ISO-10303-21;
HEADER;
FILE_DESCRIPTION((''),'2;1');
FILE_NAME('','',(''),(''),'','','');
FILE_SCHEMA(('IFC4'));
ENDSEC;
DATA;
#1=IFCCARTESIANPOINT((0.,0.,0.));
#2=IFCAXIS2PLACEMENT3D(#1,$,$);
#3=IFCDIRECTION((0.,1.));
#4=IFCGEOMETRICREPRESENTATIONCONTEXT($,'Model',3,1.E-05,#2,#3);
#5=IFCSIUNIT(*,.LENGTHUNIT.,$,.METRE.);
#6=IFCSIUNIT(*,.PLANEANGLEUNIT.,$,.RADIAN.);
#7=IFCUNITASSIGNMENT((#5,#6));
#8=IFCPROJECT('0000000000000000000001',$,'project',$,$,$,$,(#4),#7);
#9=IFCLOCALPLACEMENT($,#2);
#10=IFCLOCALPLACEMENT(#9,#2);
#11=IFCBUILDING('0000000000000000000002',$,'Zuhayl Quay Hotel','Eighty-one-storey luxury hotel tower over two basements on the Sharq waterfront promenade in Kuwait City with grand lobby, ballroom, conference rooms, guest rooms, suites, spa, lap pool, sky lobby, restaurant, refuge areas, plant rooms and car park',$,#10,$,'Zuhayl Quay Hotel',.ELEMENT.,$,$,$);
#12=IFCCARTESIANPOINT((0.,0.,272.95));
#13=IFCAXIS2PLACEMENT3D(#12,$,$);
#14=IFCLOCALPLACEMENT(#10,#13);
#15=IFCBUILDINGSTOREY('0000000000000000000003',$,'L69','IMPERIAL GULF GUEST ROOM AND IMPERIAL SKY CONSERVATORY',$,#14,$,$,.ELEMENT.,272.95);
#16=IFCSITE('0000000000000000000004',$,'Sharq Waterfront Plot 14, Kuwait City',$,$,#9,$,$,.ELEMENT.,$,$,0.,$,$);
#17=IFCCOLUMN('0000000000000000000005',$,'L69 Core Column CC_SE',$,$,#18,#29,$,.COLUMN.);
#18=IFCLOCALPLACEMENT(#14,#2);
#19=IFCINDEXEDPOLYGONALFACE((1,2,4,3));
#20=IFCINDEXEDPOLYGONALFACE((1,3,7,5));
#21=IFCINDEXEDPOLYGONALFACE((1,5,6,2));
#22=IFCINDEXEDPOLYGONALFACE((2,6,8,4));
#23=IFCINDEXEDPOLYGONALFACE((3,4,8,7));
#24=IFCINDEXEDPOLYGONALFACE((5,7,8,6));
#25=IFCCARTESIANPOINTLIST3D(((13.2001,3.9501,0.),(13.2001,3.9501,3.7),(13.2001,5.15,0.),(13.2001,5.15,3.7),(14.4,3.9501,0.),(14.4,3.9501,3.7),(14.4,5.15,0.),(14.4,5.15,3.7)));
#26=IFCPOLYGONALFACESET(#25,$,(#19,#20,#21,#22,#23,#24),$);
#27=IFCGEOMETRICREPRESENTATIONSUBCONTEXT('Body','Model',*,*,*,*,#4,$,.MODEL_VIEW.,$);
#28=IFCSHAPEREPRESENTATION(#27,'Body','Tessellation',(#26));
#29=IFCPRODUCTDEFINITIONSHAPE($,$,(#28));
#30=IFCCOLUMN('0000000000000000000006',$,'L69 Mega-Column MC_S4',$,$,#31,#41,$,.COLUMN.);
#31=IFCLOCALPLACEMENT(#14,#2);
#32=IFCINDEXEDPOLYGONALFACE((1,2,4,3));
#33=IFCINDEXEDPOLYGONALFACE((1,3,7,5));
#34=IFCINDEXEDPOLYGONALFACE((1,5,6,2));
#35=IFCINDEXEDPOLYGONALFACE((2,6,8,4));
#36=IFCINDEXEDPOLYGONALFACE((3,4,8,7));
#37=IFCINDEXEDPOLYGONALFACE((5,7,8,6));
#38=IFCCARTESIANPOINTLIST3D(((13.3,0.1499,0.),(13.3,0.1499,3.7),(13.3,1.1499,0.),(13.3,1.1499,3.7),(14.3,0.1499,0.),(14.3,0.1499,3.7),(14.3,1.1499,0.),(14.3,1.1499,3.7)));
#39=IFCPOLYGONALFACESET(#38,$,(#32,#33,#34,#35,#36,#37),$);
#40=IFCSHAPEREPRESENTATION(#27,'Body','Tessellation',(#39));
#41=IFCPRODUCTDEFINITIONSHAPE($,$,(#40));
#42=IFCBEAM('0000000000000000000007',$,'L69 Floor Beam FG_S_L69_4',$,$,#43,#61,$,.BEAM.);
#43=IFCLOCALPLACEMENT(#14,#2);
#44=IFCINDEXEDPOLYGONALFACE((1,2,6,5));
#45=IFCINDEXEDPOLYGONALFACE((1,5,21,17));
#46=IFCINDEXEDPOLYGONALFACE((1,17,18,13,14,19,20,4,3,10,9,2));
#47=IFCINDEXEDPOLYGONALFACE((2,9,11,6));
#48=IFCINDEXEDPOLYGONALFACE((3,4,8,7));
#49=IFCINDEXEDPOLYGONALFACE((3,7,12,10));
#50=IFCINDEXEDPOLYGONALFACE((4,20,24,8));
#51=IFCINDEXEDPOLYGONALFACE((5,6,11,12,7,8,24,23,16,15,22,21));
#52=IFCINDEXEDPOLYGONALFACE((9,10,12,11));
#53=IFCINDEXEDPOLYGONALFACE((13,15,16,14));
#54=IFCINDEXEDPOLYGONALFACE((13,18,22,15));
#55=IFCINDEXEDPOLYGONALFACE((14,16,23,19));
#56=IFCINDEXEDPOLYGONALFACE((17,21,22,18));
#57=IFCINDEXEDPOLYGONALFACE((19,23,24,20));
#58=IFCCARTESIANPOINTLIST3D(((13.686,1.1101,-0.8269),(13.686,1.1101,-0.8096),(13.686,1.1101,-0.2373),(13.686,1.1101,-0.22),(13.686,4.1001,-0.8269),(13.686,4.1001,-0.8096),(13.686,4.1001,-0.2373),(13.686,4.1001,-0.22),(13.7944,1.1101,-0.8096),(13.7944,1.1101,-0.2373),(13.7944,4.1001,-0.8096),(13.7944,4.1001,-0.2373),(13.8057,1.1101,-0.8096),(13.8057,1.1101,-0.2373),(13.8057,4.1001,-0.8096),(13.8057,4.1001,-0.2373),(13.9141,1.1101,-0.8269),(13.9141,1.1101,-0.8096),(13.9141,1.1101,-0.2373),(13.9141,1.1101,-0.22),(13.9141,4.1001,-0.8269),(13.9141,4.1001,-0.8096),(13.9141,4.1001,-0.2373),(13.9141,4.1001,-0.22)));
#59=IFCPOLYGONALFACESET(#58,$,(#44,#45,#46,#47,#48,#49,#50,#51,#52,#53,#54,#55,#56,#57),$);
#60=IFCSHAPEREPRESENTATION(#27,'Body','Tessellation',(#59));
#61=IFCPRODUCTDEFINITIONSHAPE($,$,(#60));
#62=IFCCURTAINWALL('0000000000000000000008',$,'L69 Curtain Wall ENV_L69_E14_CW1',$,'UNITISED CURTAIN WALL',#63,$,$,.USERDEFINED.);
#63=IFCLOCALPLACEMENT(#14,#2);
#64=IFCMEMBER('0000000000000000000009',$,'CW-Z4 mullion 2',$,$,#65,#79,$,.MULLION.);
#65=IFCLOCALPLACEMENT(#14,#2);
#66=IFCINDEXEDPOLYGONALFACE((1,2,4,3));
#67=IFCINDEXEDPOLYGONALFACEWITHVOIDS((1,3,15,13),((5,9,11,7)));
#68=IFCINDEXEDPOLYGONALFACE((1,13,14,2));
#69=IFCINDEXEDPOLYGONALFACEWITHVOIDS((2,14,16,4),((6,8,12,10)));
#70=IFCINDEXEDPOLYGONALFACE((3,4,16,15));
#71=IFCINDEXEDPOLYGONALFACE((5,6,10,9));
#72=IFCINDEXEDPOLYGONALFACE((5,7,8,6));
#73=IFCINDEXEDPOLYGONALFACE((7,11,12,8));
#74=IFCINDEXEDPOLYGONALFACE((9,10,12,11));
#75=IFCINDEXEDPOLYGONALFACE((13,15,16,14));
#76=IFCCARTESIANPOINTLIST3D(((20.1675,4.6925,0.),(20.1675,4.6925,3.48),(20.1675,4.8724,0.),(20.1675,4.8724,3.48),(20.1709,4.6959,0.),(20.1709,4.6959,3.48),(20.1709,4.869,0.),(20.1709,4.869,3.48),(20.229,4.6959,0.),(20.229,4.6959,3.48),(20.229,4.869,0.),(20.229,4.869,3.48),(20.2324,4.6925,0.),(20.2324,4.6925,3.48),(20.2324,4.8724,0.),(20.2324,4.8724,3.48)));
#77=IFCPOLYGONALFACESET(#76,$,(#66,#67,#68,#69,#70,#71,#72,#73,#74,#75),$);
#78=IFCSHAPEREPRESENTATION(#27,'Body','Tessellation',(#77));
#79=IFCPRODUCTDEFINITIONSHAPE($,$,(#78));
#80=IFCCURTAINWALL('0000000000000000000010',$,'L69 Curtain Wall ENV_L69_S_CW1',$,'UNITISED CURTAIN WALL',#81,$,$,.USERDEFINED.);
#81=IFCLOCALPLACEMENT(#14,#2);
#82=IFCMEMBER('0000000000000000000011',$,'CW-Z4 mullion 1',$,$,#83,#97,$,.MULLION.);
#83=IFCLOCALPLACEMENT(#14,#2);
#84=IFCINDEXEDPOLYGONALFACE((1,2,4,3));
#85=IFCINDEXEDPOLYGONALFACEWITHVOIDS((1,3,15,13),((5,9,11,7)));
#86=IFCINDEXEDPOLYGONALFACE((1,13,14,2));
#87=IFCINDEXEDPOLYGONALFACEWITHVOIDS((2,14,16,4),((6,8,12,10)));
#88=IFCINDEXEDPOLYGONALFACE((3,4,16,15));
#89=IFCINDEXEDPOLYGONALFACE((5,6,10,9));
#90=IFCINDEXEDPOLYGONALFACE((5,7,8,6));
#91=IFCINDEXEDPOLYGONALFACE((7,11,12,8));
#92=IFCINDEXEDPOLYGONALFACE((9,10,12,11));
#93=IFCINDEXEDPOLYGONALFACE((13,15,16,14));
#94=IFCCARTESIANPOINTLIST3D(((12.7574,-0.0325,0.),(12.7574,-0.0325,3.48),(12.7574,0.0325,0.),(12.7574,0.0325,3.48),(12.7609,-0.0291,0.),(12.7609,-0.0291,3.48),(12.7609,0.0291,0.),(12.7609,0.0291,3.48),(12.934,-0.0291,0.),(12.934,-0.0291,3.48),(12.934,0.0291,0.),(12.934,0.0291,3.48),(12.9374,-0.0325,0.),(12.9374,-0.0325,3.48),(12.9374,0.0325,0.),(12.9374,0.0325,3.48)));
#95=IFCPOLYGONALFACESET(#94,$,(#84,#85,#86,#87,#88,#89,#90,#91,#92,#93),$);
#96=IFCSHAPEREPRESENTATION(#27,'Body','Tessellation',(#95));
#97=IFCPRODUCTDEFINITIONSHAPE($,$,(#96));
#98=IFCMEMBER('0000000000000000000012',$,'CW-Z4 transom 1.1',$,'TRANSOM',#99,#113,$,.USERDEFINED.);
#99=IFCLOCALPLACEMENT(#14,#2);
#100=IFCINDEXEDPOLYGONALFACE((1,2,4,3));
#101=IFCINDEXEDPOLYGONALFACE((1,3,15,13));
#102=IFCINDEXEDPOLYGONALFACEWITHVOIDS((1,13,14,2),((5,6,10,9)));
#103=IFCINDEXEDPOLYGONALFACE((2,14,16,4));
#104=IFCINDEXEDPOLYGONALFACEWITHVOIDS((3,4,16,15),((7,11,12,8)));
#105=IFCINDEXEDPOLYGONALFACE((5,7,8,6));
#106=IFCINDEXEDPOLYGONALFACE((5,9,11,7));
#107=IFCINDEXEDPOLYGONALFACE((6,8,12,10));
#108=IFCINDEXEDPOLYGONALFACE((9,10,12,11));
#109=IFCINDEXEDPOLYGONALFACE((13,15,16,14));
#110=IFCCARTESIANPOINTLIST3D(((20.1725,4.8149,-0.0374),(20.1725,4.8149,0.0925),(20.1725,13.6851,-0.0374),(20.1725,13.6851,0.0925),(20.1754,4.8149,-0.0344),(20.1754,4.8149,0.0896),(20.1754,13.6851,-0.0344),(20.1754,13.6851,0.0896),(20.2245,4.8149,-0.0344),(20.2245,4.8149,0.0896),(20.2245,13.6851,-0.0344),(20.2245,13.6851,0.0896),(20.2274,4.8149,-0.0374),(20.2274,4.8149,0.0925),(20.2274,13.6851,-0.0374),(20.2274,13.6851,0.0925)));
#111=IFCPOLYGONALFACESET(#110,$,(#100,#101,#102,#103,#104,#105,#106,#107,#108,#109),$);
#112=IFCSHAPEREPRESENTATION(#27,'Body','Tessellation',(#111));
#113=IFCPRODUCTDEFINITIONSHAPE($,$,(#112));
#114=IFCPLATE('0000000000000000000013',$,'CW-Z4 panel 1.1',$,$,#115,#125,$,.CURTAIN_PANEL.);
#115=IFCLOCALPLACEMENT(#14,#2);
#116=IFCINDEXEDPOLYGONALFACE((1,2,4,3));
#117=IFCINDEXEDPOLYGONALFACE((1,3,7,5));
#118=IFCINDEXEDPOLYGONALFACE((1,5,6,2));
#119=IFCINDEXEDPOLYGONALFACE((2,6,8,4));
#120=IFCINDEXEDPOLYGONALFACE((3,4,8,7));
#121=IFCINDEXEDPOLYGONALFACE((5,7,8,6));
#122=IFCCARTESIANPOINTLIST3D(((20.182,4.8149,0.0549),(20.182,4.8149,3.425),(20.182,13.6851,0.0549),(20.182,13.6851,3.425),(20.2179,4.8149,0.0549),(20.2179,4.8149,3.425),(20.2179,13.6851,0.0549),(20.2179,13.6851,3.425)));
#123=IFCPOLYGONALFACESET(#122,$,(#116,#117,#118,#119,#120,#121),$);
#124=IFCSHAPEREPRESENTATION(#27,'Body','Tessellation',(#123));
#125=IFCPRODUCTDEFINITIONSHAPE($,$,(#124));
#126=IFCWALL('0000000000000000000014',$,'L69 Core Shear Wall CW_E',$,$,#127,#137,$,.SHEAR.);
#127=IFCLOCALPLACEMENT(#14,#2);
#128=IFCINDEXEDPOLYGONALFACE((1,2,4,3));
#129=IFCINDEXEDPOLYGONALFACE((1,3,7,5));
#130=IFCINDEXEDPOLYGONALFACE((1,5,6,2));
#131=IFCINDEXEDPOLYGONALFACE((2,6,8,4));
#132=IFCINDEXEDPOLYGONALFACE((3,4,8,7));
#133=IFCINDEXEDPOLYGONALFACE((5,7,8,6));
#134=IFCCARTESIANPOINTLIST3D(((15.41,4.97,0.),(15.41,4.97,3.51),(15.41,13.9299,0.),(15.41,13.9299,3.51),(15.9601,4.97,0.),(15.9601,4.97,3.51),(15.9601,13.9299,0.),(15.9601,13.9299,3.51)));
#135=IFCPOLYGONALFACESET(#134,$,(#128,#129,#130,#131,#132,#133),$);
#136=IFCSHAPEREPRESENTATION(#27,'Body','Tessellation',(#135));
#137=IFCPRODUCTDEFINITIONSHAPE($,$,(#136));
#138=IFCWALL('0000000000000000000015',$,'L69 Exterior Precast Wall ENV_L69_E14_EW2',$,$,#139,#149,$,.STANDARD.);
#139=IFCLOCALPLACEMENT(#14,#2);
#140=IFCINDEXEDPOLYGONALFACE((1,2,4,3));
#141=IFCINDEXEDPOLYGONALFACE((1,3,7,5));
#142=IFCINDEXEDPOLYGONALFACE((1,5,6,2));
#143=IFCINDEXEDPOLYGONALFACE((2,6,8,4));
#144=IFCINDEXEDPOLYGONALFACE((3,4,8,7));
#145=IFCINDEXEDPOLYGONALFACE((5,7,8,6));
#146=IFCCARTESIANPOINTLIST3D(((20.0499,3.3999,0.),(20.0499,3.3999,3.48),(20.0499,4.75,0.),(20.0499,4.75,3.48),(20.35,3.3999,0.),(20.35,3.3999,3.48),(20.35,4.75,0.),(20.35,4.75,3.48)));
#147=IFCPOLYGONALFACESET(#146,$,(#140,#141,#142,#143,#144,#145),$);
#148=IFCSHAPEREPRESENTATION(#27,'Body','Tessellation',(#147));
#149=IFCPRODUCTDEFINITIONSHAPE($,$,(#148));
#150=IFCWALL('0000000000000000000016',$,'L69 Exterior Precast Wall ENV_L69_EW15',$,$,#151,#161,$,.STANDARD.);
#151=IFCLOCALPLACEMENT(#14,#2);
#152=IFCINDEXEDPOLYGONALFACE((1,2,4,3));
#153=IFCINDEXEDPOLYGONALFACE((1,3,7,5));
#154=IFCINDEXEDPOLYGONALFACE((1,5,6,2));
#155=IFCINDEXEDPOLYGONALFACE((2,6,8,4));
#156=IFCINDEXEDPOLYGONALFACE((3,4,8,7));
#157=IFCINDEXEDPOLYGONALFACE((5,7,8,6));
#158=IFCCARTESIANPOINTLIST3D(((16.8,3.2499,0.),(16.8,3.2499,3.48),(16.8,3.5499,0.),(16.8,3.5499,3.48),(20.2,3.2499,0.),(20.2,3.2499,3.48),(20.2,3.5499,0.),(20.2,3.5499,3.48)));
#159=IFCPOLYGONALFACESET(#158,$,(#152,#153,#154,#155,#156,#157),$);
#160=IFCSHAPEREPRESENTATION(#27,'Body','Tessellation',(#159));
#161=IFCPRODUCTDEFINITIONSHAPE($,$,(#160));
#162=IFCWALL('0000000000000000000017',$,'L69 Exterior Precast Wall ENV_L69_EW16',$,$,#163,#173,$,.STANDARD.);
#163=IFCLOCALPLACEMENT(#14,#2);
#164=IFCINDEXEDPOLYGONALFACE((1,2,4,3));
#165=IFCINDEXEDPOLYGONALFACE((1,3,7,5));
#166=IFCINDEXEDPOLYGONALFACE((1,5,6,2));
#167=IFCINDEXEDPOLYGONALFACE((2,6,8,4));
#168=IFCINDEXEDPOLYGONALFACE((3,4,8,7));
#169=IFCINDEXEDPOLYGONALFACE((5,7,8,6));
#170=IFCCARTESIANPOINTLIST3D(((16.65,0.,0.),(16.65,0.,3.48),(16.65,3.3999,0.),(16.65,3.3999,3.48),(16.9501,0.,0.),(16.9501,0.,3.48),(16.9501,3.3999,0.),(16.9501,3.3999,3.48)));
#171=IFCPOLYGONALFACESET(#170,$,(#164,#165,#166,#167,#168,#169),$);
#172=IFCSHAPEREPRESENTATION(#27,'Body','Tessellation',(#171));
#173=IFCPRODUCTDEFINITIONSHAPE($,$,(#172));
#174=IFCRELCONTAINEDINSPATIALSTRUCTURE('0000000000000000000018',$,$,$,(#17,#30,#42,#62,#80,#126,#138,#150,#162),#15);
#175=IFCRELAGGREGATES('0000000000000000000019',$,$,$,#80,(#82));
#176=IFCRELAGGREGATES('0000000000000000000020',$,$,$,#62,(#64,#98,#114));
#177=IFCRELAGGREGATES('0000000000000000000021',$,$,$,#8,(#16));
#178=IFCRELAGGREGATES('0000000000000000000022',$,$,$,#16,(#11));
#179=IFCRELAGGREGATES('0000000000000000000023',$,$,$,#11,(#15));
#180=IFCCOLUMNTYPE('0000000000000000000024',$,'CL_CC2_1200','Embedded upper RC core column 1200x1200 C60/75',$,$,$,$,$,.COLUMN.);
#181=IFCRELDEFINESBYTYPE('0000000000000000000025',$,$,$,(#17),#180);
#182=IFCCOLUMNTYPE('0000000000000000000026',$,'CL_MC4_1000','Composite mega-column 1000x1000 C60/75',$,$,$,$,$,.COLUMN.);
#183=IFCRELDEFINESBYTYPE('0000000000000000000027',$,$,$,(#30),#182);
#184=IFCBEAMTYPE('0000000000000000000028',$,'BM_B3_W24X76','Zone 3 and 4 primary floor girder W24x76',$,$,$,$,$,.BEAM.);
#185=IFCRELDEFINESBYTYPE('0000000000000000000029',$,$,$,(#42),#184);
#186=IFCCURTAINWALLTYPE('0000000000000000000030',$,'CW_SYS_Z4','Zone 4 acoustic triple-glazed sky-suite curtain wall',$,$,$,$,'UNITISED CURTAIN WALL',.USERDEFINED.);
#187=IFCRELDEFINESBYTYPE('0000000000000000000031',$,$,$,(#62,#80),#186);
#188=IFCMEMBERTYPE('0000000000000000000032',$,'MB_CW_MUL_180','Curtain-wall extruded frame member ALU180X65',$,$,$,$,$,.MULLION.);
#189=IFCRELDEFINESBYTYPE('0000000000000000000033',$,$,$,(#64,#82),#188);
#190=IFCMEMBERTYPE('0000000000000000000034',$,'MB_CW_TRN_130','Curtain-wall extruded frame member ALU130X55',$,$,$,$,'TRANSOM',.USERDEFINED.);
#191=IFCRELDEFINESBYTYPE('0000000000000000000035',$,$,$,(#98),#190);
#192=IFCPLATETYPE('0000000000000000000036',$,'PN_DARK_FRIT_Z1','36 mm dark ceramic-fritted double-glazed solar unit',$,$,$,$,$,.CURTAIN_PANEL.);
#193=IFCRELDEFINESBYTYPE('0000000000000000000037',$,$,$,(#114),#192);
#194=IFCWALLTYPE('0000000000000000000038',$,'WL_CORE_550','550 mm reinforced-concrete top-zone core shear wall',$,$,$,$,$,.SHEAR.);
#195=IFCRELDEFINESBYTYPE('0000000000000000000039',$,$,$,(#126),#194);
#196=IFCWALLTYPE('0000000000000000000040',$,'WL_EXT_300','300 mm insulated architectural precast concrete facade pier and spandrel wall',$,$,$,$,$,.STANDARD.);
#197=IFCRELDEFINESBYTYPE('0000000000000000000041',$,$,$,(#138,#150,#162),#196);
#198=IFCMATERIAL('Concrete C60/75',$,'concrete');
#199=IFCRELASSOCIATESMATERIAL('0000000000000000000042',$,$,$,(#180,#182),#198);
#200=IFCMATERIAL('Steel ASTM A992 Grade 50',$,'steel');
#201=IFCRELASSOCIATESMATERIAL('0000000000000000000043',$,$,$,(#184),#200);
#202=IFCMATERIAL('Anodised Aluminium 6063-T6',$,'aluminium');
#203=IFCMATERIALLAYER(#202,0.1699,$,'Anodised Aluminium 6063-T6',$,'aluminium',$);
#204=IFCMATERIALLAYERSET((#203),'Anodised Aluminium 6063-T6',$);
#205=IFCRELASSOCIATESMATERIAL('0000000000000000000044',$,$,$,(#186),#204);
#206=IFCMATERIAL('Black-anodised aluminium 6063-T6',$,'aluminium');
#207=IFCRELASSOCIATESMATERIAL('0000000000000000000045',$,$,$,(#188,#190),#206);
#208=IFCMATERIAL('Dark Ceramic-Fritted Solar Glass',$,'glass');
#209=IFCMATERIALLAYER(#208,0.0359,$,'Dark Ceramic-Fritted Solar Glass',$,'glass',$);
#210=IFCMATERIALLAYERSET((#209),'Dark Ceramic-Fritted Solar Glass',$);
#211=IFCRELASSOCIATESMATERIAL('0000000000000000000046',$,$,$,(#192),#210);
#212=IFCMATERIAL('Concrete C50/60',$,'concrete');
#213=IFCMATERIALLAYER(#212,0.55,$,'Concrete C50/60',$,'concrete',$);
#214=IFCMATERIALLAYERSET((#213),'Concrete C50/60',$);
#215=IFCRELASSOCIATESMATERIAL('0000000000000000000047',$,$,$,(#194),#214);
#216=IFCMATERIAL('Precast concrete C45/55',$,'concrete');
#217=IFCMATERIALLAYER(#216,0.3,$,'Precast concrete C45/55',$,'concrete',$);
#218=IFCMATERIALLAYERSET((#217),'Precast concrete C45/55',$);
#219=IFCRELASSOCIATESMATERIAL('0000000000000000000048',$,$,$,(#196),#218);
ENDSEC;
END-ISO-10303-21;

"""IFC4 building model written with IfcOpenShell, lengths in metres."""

from ifc_helpers import new_model, si_unit, direction, frame, frame_2d, origin, origin_2d, place, context, subcontext, project, spatial, rectangle, hollow_rectangle, i_section, extrude, material, layer, layer_set, material_profile, profile_set, type_object, element, aggregate, save


model = new_model("IFC4")

# Units and contexts
model_context = context("Model", 3, precision=1e-05, world=origin(), true_north=direction((0.0, 1.0)))
body_context = subcontext(model_context, "Body", "Model", "MODEL_VIEW")
ifc_project = project(units=[si_unit("LENGTHUNIT", "METRE"), si_unit("PLANEANGLEUNIT", "RADIAN")], contexts=[model_context])

# Site, building, storey
site_placement = place(None, origin())
site = spatial("IfcSite", under=ifc_project, at=site_placement, Name="Sharq Waterfront Plot 14, Kuwait City", CompositionType="ELEMENT", RefElevation=0.0)
building_placement = place(site_placement, origin())
building = spatial("IfcBuilding", under=site, at=building_placement, Name="Zuhayl Quay Hotel", Description="Eighty-one-storey luxury hotel tower over two basements on the Sharq waterfront promenade in Kuwait City with grand lobby, ballroom, conference rooms, guest rooms, suites, spa, lap pool, sky lobby, restaurant, refuge areas, plant rooms and car park", LongName="Zuhayl Quay Hotel", CompositionType="ELEMENT")
storey_placement = place(building_placement, frame((0.0, 0.0, 272.95)))
storey = spatial("IfcBuildingStorey", under=building, at=storey_placement, Name="L69", Description="IMPERIAL GULF GUEST ROOM AND IMPERIAL SKY CONSERVATORY", CompositionType="ELEMENT", Elevation=272.95)

# Columns
ifc_material_1 = material(Name="Concrete C60/75", Category="concrete")
ifc_material_profile_1 = material_profile(ifc_material_1, rectangle(XDim=1.2, YDim=1.2, at=origin_2d()), Name="RC1200X1200")
ifc_profile_set_1 = profile_set([ifc_material_profile_1], Name="Concrete C60/75")
column_type_1 = type_object("IfcColumnType", Name="CL_CC2_1200", Description="Embedded upper RC core column 1200x1200 C60/75", PredefinedType="COLUMN", material=ifc_profile_set_1)
column_1_placement = place(storey_placement, frame((13.8, 4.55, 0.0), z_axis=(0.0, 0.0, 1.0), x_axis=(1.0, 0.0, 0.0)))
element("IfcColumn", 1, at=column_1_placement, inside=storey, type_object=column_type_1, Name="L69 Core Column CC_SE", PredefinedType="COLUMN", context=body_context, shape_type="SweptSolid", body=[
    extrude(rectangle(XDim=1.2, YDim=1.2, at=origin_2d()), origin(), (0.0, 0.0, 1.0), 3.7),
])
ifc_material_profile_2 = material_profile(ifc_material_1, rectangle(XDim=1.0, YDim=1.0, at=origin_2d()), Name="RC1000X1000")
ifc_profile_set_2 = profile_set([ifc_material_profile_2], Name="Concrete C60/75")
column_type_2 = type_object("IfcColumnType", Name="CL_MC4_1000", Description="Composite mega-column 1000x1000 C60/75", PredefinedType="COLUMN", material=ifc_profile_set_2)
column_2_placement = place(storey_placement, frame((13.8, 0.6499, 0.0), z_axis=(0.0, 0.0, 1.0), x_axis=(1.0, 0.0, 0.0)))
element("IfcColumn", 2, at=column_2_placement, inside=storey, type_object=column_type_2, Name="L69 Mega-Column MC_S4", PredefinedType="COLUMN", context=body_context, shape_type="SweptSolid", body=[
    extrude(rectangle(XDim=1.0, YDim=1.0, at=origin_2d()), origin(), (0.0, 0.0, 1.0), 3.7),
])

# Beam
ifc_material_2 = material(Name="Steel ASTM A992 Grade 50", Category="steel")
ifc_material_profile_3 = material_profile(ifc_material_2, i_section(OverallWidth=0.228, OverallDepth=0.6069, WebThickness=0.0112, FlangeThickness=0.0173, at=origin_2d()), Name="W24X76")
ifc_profile_set_3 = profile_set([ifc_material_profile_3], Name="Steel ASTM A992 Grade 50")
beam_type = type_object("IfcBeamType", Name="BM_B3_W24X76", Description="Zone 3 and 4 primary floor girder W24x76", PredefinedType="BEAM", material=ifc_profile_set_3)
beam_placement = place(storey_placement, frame((13.8, 1.1101, -0.5234), z_axis=(0.0, 1.0, 0.0), x_axis=(-1.0, 0.0, 0.0)))
element("IfcBeam", 3, at=beam_placement, inside=storey, type_object=beam_type, Name="L69 Floor Beam FG_S_L69_4", PredefinedType="BEAM", context=body_context, shape_type="SweptSolid", body=[
    extrude(i_section(OverallWidth=0.228, OverallDepth=0.6069, WebThickness=0.0112, FlangeThickness=0.0173, at=origin_2d()), origin(), (0.0, 0.0, 1.0), 2.99),
])

# Curtain walls, members
ifc_material_3 = material(Name="Anodised Aluminium 6063-T6", Category="aluminium")
ifc_layer_1 = layer(ifc_material_3, 0.1699, Name="Anodised Aluminium 6063-T6", Category="aluminium")
ifc_layer_set_1 = layer_set([ifc_layer_1], Name="Anodised Aluminium 6063-T6")
curtain_wall_type = type_object("IfcCurtainWallType", Name="CW_SYS_Z4", Description="Zone 4 acoustic triple-glazed sky-suite curtain wall", ElementType="UNITISED CURTAIN WALL", PredefinedType="USERDEFINED", material=ifc_layer_set_1)
curtain_wall_1_placement = place(storey_placement, origin())
curtain_wall_1 = element("IfcCurtainWall", 4, at=curtain_wall_1_placement, inside=storey, type_object=curtain_wall_type, Name="L69 Curtain Wall ENV_L69_E14_CW1", ObjectType="UNITISED CURTAIN WALL", PredefinedType="USERDEFINED")
ifc_material_4 = material(Name="Black-anodised aluminium 6063-T6", Category="aluminium")
ifc_material_profile_4 = material_profile(ifc_material_4, hollow_rectangle(XDim=0.0649, YDim=0.1799, WallThickness=0.0034, at=origin_2d()), Name="ALU180X65")
ifc_profile_set_4 = profile_set([ifc_material_profile_4], Name="Black-anodised aluminium 6063-T6")
member_type_1 = type_object("IfcMemberType", Name="MB_CW_MUL_180", Description="Curtain-wall extruded frame member ALU180X65", PredefinedType="MULLION", material=ifc_profile_set_4)
member_1_placement = place(storey_placement, frame((20.2, 4.7825, 0.0), z_axis=(0.0, 0.0, 1.0), x_axis=(1.0, 0.0, 0.0)))
member_1 = element("IfcMember", 5, at=member_1_placement, type_object=member_type_1, Name="CW-Z4 mullion 2", PredefinedType="MULLION", context=body_context, shape_type="SweptSolid", body=[
    extrude(hollow_rectangle(XDim=0.0649, YDim=0.1799, WallThickness=0.0034, at=origin_2d()), origin(), (0.0, 0.0, 1.0), 3.48),
])
curtain_wall_2_placement = place(storey_placement, origin())
curtain_wall_2 = element("IfcCurtainWall", 6, at=curtain_wall_2_placement, inside=storey, type_object=curtain_wall_type, Name="L69 Curtain Wall ENV_L69_S_CW1", ObjectType="UNITISED CURTAIN WALL", PredefinedType="USERDEFINED")
member_2_placement = place(storey_placement, frame((12.8474, 0.0, 0.0), z_axis=(0.0, 0.0, 1.0), x_axis=(0.0, -1.0, 0.0)))
member_2 = element("IfcMember", 7, at=member_2_placement, type_object=member_type_1, Name="CW-Z4 mullion 1", PredefinedType="MULLION", context=body_context, shape_type="SweptSolid", body=[
    extrude(hollow_rectangle(XDim=0.0649, YDim=0.1799, WallThickness=0.0034, at=origin_2d()), origin(), (0.0, 0.0, 1.0), 3.48),
])
aggregate(curtain_wall_2, [member_2])

# Member
ifc_material_profile_5 = material_profile(ifc_material_4, hollow_rectangle(XDim=0.0549, YDim=0.1299, WallThickness=0.0029, at=origin_2d()), Name="ALU130X55")
ifc_profile_set_5 = profile_set([ifc_material_profile_5], Name="Black-anodised aluminium 6063-T6")
member_type_2 = type_object("IfcMemberType", Name="MB_CW_TRN_130", Description="Curtain-wall extruded frame member ALU130X55", ElementType="TRANSOM", PredefinedType="USERDEFINED", material=ifc_profile_set_5)
member_3_placement = place(storey_placement, frame((20.2, 13.6851, 0.0276), z_axis=(0.0, -1.0, 0.0), x_axis=(1.0, 0.0, 0.0)))
member_3 = element("IfcMember", 8, at=member_3_placement, type_object=member_type_2, Name="CW-Z4 transom 1.1", ObjectType="TRANSOM", PredefinedType="USERDEFINED", context=body_context, shape_type="SweptSolid", body=[
    extrude(hollow_rectangle(XDim=0.0549, YDim=0.1299, WallThickness=0.0029, at=origin_2d()), origin(), (0.0, 0.0, 1.0), 8.8701),
])

# Plate
ifc_material_5 = material(Name="Dark Ceramic-Fritted Solar Glass", Category="glass")
ifc_layer_2 = layer(ifc_material_5, 0.0359, Name="Dark Ceramic-Fritted Solar Glass", Category="glass")
ifc_layer_set_2 = layer_set([ifc_layer_2], Name="Dark Ceramic-Fritted Solar Glass")
plate_type = type_object("IfcPlateType", Name="PN_DARK_FRIT_Z1", Description="36 mm dark ceramic-fritted double-glazed solar unit", PredefinedType="CURTAIN_PANEL", material=ifc_layer_set_2)
plate_placement = place(storey_placement, frame((20.2, 9.25, 0.0549), z_axis=(0.0, 0.0, 1.0), x_axis=(0.0, -1.0, 0.0)))
plate = element("IfcPlate", 9, at=plate_placement, type_object=plate_type, Name="CW-Z4 panel 1.1", PredefinedType="CURTAIN_PANEL", context=body_context, shape_type="SweptSolid", body=[
    extrude(rectangle(XDim=8.8701, YDim=0.0359, at=origin_2d()), origin(), (0.0, 0.0, 1.0), 3.3701),
])
aggregate(curtain_wall_1, [member_1, member_3, plate])

# Walls
ifc_material_6 = material(Name="Concrete C50/60", Category="concrete")
ifc_layer_3 = layer(ifc_material_6, 0.55, Name="Concrete C50/60", Category="concrete")
ifc_layer_set_3 = layer_set([ifc_layer_3], Name="Concrete C50/60")
wall_type_1 = type_object("IfcWallType", Name="WL_CORE_550", Description="550 mm reinforced-concrete top-zone core shear wall", PredefinedType="SHEAR", material=ifc_layer_set_3)
wall_1_placement = place(storey_placement, frame((15.6851, 4.97, 0.0), z_axis=(0.0, 0.0, 1.0), x_axis=(0.0, 1.0, 0.0)))
element("IfcWall", 10, at=wall_1_placement, inside=storey, type_object=wall_type_1, Name="L69 Core Shear Wall CW_E", PredefinedType="SHEAR", context=body_context, shape_type="SweptSolid", body=[
    extrude(rectangle(XDim=8.96, YDim=0.55, at=frame_2d((4.48, 0.0))), origin(), (0.0, 0.0, 1.0), 3.51),
])
ifc_material_7 = material(Name="Precast concrete C45/55", Category="concrete")
ifc_layer_4 = layer(ifc_material_7, 0.3, Name="Precast concrete C45/55", Category="concrete")
ifc_layer_set_4 = layer_set([ifc_layer_4], Name="Precast concrete C45/55")
wall_type_2 = type_object("IfcWallType", Name="WL_EXT_300", Description="300 mm insulated architectural precast concrete facade pier and spandrel wall", PredefinedType="STANDARD", material=ifc_layer_set_4)
wall_2_placement = place(storey_placement, frame((20.2, 4.75, 0.0), z_axis=(0.0, 0.0, 1.0), x_axis=(0.0, -1.0, 0.0)))
element("IfcWall", 11, at=wall_2_placement, inside=storey, type_object=wall_type_2, Name="L69 Exterior Precast Wall ENV_L69_E14_EW2", PredefinedType="STANDARD", context=body_context, shape_type="SweptSolid", body=[
    extrude(rectangle(XDim=1.3501, YDim=0.3, at=frame_2d((0.675, 0.0))), origin(), (0.0, 0.0, 1.0), 3.48),
])
for number, where, z_axis, x_axis, name in (
    (12, (20.2, 3.3999, 0.0), (0.0, 0.0, 1.0), (-1.0, 0.0, 0.0), "L69 Exterior Precast Wall ENV_L69_EW15"),
    (13, (16.8, 3.3999, 0.0), (0.0, 0.0, 1.0), (0.0, -1.0, 0.0), "L69 Exterior Precast Wall ENV_L69_EW16"),
):
    element("IfcWall", number, at=place(storey_placement, frame(where, z_axis=z_axis, x_axis=x_axis)), inside=storey, type_object=wall_type_2, Name=name, PredefinedType="STANDARD", context=body_context, shape_type="SweptSolid", body=[
        extrude(rectangle(XDim=3.3999, YDim=0.3, at=frame_2d((1.7, 0.0))), origin(), (0.0, 0.0, 1.0), 3.48),
    ])

save(model, "model.ifc")
